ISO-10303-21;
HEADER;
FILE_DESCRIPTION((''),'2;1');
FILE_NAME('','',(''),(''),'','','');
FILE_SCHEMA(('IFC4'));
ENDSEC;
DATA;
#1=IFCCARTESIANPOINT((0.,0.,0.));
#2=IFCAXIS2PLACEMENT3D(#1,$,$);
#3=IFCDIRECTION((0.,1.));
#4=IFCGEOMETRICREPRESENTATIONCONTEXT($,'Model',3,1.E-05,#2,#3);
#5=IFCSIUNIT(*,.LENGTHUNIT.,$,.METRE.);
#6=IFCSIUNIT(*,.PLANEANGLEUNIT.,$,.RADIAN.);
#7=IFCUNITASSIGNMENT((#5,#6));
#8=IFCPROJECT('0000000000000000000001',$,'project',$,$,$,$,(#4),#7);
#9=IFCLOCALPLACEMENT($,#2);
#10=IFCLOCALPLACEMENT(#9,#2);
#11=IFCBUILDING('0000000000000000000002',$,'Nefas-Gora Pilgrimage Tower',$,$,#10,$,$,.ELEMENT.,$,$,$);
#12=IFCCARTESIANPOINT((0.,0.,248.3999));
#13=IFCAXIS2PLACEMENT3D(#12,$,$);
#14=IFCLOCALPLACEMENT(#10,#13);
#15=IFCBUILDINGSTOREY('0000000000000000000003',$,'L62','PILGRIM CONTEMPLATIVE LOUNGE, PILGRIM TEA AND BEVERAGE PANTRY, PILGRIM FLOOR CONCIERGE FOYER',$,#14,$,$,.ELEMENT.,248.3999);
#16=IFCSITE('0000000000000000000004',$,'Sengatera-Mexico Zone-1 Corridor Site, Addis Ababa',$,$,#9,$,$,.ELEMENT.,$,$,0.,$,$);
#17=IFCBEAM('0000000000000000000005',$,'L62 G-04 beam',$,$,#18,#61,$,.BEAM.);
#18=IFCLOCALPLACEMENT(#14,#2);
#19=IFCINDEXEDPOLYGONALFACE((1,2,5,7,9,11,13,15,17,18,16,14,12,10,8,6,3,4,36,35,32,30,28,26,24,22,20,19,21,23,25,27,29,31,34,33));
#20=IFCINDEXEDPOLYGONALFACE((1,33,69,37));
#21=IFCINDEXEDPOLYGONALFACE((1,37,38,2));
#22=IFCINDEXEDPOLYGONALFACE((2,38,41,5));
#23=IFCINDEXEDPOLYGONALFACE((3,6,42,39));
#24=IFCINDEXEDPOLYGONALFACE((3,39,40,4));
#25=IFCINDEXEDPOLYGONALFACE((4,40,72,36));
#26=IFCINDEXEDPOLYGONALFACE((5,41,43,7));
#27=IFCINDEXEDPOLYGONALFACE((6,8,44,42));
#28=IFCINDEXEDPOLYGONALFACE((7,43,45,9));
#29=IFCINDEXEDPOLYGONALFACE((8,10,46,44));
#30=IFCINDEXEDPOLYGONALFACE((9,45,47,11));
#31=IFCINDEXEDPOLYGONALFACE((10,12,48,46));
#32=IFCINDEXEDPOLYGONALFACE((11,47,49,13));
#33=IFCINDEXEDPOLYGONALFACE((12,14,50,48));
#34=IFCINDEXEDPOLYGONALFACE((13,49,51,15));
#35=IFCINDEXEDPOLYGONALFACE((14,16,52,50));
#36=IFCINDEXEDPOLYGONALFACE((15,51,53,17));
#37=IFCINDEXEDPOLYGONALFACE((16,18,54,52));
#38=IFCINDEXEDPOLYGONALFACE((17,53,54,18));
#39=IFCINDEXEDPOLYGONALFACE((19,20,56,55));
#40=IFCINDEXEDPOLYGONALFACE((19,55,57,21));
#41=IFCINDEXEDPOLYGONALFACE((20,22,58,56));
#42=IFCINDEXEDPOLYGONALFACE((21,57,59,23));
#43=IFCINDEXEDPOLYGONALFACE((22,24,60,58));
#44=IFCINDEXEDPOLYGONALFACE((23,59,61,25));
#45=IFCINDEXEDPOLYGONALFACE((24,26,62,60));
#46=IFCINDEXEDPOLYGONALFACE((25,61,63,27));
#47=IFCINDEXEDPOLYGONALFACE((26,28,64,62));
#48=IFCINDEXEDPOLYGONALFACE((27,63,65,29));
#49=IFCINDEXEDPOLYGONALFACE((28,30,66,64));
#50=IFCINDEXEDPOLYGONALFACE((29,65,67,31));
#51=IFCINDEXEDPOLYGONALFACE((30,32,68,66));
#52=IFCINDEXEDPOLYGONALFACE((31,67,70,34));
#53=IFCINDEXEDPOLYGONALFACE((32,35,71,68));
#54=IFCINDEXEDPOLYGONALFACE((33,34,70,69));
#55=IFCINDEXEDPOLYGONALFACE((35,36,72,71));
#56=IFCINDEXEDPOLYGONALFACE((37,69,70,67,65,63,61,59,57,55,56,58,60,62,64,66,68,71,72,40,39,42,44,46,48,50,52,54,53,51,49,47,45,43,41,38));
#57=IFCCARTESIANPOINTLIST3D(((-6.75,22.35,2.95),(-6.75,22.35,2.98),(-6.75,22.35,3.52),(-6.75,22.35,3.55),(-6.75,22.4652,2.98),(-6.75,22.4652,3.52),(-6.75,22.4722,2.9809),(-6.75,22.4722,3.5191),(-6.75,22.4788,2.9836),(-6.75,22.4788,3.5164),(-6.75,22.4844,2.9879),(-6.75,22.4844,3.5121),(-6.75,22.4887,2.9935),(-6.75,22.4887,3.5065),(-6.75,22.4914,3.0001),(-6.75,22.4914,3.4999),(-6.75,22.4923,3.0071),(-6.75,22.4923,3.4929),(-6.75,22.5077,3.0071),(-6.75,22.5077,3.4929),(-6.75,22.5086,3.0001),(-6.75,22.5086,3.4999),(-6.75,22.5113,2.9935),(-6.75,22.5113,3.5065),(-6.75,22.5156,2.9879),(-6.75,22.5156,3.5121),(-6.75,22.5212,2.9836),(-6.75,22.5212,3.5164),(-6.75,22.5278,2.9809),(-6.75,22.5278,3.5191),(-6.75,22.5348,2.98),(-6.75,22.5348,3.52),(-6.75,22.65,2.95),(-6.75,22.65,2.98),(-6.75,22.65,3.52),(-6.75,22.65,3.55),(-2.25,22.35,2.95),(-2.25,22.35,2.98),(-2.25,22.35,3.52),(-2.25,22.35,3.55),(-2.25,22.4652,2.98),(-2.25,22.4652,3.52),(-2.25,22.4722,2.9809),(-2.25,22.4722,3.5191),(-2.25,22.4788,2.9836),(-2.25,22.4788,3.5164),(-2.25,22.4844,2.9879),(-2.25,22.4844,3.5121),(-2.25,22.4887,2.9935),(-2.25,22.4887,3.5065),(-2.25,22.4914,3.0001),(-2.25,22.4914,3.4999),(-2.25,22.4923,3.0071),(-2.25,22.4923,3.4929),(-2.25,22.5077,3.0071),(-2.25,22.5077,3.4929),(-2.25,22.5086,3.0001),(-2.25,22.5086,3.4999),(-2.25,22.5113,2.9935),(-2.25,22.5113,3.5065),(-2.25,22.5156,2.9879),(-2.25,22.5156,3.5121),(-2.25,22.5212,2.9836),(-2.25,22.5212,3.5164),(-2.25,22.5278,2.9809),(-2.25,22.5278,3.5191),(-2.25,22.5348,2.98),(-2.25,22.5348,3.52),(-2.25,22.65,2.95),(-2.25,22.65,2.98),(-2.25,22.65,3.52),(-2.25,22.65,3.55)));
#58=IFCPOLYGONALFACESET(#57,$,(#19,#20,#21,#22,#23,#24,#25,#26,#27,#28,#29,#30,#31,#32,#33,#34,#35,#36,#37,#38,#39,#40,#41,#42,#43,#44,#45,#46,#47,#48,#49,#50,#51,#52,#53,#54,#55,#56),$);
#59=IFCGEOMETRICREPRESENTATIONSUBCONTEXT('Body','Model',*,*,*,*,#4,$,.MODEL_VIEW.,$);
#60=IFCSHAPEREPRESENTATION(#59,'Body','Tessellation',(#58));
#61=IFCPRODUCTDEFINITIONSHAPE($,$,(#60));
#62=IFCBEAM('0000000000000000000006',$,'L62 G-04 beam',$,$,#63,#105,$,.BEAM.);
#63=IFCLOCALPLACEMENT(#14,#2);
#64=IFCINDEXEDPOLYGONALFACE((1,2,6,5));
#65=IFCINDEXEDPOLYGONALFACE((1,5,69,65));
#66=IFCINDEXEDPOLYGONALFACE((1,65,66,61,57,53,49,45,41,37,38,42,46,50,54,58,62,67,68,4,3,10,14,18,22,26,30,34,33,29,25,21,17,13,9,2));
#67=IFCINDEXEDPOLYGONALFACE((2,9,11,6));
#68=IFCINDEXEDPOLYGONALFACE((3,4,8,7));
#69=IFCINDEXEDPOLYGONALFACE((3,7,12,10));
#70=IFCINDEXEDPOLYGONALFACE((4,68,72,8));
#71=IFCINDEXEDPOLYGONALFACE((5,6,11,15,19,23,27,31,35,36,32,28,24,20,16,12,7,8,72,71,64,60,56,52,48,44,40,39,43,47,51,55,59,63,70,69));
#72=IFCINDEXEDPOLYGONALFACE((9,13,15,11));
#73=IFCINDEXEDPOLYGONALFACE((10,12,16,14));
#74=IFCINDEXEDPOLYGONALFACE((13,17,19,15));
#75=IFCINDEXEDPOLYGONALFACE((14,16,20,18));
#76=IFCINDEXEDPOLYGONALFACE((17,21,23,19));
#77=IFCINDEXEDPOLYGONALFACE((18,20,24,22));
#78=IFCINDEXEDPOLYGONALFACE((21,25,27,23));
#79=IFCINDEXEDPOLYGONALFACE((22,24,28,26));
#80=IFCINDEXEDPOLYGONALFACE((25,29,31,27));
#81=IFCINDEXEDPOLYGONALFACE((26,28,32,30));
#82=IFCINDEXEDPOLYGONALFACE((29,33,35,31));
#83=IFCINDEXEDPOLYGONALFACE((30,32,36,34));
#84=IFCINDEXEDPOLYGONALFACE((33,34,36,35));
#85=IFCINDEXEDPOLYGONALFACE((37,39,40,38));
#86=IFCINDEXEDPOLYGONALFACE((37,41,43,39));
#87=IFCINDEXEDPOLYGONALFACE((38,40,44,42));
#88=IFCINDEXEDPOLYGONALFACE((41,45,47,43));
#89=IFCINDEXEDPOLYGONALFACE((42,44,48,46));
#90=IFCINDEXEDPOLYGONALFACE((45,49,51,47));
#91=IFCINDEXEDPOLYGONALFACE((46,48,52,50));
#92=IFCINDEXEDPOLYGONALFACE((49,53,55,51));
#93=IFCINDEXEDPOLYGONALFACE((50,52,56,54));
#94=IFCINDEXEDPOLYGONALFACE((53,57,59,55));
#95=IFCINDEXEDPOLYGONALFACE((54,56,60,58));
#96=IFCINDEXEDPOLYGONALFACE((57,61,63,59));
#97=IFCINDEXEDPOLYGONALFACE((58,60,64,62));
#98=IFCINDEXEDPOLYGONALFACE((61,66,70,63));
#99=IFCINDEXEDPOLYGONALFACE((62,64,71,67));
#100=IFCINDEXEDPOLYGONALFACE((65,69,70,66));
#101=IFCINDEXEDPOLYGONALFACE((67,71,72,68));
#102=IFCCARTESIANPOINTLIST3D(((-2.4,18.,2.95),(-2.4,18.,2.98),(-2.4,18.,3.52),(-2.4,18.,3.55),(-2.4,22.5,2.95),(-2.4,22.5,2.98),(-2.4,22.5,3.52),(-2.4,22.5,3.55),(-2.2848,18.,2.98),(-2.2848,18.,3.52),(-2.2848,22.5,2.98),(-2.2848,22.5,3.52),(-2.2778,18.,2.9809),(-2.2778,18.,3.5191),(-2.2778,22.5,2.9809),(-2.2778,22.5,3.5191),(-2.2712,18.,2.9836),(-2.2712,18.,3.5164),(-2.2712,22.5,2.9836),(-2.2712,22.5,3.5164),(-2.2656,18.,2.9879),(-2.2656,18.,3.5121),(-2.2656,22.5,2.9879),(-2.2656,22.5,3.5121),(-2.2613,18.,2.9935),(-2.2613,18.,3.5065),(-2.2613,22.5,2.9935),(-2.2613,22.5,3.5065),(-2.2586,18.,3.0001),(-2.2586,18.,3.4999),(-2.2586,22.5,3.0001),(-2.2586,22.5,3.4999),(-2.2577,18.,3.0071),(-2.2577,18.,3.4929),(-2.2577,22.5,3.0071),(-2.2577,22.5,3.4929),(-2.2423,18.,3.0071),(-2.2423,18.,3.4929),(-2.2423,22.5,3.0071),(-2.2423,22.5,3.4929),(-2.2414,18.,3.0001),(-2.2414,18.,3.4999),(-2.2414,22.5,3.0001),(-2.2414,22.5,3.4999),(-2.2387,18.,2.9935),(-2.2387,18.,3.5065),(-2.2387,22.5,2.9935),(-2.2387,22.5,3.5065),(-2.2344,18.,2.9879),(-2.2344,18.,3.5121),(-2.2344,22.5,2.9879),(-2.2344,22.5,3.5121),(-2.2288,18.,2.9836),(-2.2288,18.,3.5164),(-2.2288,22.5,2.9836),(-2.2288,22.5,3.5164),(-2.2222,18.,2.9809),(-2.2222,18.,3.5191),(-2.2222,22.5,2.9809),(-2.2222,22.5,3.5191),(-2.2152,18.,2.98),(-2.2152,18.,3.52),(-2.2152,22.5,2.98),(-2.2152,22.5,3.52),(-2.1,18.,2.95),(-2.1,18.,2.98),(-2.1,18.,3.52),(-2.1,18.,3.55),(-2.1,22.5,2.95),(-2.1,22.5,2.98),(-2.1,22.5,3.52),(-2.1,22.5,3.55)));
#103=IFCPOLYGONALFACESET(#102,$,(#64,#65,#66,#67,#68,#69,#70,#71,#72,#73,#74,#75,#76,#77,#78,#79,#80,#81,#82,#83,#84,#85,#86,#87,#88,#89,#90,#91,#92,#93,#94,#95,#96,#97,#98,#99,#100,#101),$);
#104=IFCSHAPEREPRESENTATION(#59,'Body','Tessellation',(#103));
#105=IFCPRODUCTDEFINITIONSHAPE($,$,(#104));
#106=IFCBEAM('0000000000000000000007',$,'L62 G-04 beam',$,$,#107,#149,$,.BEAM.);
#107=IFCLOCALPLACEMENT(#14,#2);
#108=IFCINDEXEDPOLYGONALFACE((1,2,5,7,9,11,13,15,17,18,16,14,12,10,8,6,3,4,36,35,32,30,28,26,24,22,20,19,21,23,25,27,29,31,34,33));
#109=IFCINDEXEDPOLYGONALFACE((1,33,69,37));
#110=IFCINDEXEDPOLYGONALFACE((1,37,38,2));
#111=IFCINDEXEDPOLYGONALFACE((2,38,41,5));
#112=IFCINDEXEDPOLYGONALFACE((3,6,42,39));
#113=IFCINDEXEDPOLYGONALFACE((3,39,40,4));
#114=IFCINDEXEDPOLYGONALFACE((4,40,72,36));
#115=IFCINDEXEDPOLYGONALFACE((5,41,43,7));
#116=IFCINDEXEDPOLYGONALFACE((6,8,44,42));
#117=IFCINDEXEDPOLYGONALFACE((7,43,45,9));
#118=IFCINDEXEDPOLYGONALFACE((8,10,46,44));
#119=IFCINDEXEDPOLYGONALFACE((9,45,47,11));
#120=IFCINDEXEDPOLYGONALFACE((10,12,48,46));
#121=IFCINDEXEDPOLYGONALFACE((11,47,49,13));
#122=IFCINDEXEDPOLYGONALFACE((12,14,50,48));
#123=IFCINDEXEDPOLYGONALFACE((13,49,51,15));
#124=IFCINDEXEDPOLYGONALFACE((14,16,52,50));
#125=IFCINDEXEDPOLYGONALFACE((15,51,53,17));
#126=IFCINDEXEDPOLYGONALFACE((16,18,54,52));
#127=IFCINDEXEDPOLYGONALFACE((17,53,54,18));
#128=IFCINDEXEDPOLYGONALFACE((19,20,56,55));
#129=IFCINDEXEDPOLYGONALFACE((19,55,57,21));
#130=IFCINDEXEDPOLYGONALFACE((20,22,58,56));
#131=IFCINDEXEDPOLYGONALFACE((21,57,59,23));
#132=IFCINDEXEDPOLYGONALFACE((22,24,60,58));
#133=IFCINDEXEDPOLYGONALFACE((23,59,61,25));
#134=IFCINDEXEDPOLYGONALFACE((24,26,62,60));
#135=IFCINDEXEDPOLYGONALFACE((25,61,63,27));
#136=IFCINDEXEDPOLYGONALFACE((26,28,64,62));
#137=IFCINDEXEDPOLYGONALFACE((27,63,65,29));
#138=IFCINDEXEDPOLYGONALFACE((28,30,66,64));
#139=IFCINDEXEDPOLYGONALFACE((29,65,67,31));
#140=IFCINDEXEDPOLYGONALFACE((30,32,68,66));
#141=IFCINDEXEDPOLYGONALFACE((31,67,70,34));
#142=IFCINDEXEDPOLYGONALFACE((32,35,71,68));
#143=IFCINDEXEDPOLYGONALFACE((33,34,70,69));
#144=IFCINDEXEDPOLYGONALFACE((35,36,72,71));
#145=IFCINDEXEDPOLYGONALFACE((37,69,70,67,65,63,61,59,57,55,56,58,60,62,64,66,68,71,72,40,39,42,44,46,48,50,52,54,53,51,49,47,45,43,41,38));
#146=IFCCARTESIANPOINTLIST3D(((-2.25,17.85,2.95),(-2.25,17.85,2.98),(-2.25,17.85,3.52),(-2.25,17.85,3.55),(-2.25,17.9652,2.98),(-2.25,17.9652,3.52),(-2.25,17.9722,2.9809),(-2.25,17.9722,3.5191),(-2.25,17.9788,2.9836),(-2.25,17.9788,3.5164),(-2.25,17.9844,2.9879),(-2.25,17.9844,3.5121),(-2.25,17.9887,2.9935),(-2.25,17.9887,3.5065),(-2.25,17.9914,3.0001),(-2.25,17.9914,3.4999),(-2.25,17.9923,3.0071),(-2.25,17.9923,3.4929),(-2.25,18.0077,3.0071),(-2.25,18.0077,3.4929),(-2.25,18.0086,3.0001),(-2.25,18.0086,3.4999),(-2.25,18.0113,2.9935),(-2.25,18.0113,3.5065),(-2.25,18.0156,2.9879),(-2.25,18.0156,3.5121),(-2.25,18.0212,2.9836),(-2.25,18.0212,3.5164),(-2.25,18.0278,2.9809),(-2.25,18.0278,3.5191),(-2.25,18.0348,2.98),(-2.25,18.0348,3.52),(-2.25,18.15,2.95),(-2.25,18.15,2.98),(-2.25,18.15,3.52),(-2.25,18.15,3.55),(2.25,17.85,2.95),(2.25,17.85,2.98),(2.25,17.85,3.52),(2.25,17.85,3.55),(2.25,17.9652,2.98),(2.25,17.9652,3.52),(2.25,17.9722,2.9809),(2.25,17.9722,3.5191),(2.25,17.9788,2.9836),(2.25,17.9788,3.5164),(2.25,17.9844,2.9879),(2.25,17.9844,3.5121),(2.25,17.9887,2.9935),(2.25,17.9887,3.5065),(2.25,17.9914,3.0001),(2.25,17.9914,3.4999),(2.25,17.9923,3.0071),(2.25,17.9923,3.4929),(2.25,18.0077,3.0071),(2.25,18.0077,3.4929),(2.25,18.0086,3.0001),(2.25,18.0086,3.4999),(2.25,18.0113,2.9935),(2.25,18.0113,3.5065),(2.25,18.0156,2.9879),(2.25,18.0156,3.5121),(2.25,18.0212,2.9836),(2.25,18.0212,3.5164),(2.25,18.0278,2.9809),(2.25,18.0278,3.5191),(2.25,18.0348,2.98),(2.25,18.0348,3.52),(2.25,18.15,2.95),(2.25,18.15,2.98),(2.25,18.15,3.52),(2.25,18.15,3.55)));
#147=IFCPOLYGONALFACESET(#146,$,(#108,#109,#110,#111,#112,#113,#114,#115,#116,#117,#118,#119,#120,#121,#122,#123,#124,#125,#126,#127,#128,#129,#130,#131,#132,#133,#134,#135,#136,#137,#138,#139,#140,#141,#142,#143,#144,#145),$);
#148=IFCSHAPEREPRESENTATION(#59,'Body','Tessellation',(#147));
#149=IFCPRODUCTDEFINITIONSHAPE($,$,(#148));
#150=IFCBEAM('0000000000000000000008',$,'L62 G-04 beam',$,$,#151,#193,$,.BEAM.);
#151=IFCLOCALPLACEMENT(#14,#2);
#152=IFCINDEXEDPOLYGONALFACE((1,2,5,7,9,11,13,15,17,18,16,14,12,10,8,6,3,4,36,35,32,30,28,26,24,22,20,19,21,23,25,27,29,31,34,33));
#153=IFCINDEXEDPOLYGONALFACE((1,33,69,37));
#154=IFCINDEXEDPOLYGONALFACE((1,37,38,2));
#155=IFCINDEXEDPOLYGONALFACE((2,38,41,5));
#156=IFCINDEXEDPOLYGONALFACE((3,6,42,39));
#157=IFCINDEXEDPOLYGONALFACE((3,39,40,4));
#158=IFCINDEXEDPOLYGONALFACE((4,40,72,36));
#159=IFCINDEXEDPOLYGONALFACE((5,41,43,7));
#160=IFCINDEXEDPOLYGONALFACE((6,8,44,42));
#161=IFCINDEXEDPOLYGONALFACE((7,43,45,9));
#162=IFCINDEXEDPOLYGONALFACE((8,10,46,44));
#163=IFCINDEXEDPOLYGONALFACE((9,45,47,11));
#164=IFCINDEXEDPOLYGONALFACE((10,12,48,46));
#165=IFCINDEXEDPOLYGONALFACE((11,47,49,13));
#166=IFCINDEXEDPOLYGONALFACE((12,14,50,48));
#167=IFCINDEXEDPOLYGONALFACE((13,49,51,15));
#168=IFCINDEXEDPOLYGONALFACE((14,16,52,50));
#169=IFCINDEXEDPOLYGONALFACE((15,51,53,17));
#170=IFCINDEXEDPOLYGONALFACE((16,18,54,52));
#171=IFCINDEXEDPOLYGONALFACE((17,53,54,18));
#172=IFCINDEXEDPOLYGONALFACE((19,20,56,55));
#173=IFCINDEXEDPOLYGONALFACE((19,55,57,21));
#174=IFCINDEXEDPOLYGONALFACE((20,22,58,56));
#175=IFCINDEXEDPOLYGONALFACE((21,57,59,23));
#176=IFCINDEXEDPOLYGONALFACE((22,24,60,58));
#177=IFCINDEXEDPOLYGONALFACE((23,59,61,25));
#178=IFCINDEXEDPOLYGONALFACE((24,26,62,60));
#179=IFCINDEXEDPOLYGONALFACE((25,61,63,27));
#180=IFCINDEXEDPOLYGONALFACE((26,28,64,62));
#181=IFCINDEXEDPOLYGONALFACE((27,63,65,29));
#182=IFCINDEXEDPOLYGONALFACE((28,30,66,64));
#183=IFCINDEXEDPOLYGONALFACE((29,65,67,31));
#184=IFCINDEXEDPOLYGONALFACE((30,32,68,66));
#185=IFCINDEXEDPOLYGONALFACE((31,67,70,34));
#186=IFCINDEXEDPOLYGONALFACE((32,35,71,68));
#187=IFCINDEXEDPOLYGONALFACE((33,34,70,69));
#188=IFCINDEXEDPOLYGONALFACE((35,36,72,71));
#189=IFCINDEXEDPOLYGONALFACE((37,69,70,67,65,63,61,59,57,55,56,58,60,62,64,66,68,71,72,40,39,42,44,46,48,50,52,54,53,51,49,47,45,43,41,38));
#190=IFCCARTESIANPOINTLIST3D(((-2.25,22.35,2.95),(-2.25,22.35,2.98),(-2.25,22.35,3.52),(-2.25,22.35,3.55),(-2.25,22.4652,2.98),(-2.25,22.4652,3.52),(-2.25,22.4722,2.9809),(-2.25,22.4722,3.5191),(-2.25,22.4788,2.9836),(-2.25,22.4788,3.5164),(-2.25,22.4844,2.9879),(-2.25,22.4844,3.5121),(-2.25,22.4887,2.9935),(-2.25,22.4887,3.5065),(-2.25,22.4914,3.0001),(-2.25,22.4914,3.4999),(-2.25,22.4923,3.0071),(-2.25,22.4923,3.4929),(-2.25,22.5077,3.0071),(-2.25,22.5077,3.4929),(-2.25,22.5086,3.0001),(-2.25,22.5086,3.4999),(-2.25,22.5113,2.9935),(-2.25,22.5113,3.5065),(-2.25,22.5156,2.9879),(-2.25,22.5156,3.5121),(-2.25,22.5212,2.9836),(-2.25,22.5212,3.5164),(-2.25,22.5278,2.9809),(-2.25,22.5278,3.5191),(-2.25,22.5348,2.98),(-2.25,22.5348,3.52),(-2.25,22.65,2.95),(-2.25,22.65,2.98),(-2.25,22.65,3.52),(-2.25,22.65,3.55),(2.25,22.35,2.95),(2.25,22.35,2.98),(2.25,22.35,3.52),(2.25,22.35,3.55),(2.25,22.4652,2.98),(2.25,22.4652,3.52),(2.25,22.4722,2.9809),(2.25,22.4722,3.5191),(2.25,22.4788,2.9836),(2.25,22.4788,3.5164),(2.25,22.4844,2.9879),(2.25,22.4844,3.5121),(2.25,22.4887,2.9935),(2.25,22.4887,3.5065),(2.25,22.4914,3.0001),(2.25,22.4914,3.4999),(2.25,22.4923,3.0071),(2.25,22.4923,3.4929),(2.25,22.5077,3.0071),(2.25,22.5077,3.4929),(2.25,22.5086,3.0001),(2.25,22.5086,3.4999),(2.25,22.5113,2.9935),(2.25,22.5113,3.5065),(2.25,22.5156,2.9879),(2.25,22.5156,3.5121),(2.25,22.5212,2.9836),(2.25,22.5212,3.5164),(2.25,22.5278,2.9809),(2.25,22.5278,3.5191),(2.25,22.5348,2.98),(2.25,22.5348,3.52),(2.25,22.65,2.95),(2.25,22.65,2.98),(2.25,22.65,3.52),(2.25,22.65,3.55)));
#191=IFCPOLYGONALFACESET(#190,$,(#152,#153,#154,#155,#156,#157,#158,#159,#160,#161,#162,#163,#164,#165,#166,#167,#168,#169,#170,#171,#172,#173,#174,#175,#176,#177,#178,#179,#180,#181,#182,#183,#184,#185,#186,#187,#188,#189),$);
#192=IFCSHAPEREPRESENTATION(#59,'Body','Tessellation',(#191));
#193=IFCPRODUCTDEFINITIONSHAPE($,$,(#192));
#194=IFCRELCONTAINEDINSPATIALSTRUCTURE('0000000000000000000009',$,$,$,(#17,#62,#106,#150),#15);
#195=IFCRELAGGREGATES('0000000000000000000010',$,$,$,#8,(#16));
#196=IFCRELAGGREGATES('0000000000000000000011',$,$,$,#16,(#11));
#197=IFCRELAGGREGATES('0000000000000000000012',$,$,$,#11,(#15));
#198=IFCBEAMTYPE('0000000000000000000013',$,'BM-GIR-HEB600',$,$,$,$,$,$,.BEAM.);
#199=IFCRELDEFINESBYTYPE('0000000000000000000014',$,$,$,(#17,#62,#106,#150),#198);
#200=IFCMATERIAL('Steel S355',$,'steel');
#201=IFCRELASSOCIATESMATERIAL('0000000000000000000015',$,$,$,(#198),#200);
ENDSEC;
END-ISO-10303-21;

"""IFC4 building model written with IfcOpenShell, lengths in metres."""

from ifc_helpers import new_model, si_unit, direction, frame, origin, origin_2d, place, context, subcontext, project, spatial, i_section, extrude, source, transform, mapped, material, material_profile, profile_set, type_object, element, save


model = new_model("IFC4")

# Units and contexts
model_context = context("Model", 3, precision=1e-05, world=origin(), true_north=direction((0.0, 1.0)))
body_context = subcontext(model_context, "Body", "Model", "MODEL_VIEW")
ifc_project = project(units=[si_unit("LENGTHUNIT", "METRE"), si_unit("PLANEANGLEUNIT", "RADIAN")], contexts=[model_context])

# Site, building, storey
site_placement = place(None, origin())
site = spatial("IfcSite", under=ifc_project, at=site_placement, Name="Sengatera-Mexico Zone-1 Corridor Site, Addis Ababa", CompositionType="ELEMENT", RefElevation=0.0)
building_placement = place(site_placement, origin())
building = spatial("IfcBuilding", under=site, at=building_placement, Name="Nefas-Gora Pilgrimage Tower", CompositionType="ELEMENT")
storey_placement = place(building_placement, frame((0.0, 0.0, 248.3999)))
storey = spatial("IfcBuildingStorey", under=building, at=storey_placement, Name="L62", Description="PILGRIM CONTEMPLATIVE LOUNGE, PILGRIM TEA AND BEVERAGE PANTRY, PILGRIM FLOOR CONCIERGE FOYER", CompositionType="ELEMENT", Elevation=248.3999)

# Beams
ifc_material_1 = material(Name="Steel S355", Category="steel")
ifc_material_profile_1 = material_profile(ifc_material_1, i_section(OverallWidth=0.3, OverallDepth=0.6001, WebThickness=0.0154, FlangeThickness=0.03, FilletRadius=0.0271, at=origin_2d()), Name="HEB 600")
ifc_profile_set_1 = profile_set([ifc_material_profile_1], Name="Steel S355")
beam_type = type_object("IfcBeamType", Name="BM-GIR-HEB600", PredefinedType="BEAM", material=ifc_profile_set_1)
shared_shape_1 = source(origin(), body_context, "Body", "SweptSolid", [
    extrude(i_section(OverallWidth=0.3, OverallDepth=0.6001, WebThickness=0.0154, FlangeThickness=0.03, FilletRadius=0.0271, at=origin_2d()), origin(), (0.0, 0.0, 1.0), 4.5),
])
for number, where, z_axis, x_axis, name in (
    (1, (-6.75, 22.5, 3.25), (1.0, 0.0, 0.0), (0.0, 1.0, 0.0), "L62 G-04 beam"),
    (2, (-2.25, 18.0, 3.25), (0.0, 1.0, 0.0), (-1.0, 0.0, 0.0), "L62 G-04 beam"),
    (3, (-2.25, 18.0, 3.25), (1.0, 0.0, 0.0), (0.0, 1.0, 0.0), "L62 G-04 beam"),
    (4, (-2.25, 22.5, 3.25), (1.0, 0.0, 0.0), (0.0, 1.0, 0.0), "L62 G-04 beam"),
):
    element("IfcBeam", number, at=place(storey_placement, frame(where, z_axis=z_axis, x_axis=x_axis)), inside=storey, type_object=beam_type, Name=name, PredefinedType="BEAM", context=body_context, shape_type="MappedRepresentation", body=[
        mapped(shared_shape_1, transform((0.0, 0.0, 0.0), x_axis=(1.0, 0.0, 0.0), y_axis=(0.0, 1.0, 0.0), z_axis=(0.0, 0.0, 1.0), scale=1.0)),
    ])

save(model, "model.ifc")
